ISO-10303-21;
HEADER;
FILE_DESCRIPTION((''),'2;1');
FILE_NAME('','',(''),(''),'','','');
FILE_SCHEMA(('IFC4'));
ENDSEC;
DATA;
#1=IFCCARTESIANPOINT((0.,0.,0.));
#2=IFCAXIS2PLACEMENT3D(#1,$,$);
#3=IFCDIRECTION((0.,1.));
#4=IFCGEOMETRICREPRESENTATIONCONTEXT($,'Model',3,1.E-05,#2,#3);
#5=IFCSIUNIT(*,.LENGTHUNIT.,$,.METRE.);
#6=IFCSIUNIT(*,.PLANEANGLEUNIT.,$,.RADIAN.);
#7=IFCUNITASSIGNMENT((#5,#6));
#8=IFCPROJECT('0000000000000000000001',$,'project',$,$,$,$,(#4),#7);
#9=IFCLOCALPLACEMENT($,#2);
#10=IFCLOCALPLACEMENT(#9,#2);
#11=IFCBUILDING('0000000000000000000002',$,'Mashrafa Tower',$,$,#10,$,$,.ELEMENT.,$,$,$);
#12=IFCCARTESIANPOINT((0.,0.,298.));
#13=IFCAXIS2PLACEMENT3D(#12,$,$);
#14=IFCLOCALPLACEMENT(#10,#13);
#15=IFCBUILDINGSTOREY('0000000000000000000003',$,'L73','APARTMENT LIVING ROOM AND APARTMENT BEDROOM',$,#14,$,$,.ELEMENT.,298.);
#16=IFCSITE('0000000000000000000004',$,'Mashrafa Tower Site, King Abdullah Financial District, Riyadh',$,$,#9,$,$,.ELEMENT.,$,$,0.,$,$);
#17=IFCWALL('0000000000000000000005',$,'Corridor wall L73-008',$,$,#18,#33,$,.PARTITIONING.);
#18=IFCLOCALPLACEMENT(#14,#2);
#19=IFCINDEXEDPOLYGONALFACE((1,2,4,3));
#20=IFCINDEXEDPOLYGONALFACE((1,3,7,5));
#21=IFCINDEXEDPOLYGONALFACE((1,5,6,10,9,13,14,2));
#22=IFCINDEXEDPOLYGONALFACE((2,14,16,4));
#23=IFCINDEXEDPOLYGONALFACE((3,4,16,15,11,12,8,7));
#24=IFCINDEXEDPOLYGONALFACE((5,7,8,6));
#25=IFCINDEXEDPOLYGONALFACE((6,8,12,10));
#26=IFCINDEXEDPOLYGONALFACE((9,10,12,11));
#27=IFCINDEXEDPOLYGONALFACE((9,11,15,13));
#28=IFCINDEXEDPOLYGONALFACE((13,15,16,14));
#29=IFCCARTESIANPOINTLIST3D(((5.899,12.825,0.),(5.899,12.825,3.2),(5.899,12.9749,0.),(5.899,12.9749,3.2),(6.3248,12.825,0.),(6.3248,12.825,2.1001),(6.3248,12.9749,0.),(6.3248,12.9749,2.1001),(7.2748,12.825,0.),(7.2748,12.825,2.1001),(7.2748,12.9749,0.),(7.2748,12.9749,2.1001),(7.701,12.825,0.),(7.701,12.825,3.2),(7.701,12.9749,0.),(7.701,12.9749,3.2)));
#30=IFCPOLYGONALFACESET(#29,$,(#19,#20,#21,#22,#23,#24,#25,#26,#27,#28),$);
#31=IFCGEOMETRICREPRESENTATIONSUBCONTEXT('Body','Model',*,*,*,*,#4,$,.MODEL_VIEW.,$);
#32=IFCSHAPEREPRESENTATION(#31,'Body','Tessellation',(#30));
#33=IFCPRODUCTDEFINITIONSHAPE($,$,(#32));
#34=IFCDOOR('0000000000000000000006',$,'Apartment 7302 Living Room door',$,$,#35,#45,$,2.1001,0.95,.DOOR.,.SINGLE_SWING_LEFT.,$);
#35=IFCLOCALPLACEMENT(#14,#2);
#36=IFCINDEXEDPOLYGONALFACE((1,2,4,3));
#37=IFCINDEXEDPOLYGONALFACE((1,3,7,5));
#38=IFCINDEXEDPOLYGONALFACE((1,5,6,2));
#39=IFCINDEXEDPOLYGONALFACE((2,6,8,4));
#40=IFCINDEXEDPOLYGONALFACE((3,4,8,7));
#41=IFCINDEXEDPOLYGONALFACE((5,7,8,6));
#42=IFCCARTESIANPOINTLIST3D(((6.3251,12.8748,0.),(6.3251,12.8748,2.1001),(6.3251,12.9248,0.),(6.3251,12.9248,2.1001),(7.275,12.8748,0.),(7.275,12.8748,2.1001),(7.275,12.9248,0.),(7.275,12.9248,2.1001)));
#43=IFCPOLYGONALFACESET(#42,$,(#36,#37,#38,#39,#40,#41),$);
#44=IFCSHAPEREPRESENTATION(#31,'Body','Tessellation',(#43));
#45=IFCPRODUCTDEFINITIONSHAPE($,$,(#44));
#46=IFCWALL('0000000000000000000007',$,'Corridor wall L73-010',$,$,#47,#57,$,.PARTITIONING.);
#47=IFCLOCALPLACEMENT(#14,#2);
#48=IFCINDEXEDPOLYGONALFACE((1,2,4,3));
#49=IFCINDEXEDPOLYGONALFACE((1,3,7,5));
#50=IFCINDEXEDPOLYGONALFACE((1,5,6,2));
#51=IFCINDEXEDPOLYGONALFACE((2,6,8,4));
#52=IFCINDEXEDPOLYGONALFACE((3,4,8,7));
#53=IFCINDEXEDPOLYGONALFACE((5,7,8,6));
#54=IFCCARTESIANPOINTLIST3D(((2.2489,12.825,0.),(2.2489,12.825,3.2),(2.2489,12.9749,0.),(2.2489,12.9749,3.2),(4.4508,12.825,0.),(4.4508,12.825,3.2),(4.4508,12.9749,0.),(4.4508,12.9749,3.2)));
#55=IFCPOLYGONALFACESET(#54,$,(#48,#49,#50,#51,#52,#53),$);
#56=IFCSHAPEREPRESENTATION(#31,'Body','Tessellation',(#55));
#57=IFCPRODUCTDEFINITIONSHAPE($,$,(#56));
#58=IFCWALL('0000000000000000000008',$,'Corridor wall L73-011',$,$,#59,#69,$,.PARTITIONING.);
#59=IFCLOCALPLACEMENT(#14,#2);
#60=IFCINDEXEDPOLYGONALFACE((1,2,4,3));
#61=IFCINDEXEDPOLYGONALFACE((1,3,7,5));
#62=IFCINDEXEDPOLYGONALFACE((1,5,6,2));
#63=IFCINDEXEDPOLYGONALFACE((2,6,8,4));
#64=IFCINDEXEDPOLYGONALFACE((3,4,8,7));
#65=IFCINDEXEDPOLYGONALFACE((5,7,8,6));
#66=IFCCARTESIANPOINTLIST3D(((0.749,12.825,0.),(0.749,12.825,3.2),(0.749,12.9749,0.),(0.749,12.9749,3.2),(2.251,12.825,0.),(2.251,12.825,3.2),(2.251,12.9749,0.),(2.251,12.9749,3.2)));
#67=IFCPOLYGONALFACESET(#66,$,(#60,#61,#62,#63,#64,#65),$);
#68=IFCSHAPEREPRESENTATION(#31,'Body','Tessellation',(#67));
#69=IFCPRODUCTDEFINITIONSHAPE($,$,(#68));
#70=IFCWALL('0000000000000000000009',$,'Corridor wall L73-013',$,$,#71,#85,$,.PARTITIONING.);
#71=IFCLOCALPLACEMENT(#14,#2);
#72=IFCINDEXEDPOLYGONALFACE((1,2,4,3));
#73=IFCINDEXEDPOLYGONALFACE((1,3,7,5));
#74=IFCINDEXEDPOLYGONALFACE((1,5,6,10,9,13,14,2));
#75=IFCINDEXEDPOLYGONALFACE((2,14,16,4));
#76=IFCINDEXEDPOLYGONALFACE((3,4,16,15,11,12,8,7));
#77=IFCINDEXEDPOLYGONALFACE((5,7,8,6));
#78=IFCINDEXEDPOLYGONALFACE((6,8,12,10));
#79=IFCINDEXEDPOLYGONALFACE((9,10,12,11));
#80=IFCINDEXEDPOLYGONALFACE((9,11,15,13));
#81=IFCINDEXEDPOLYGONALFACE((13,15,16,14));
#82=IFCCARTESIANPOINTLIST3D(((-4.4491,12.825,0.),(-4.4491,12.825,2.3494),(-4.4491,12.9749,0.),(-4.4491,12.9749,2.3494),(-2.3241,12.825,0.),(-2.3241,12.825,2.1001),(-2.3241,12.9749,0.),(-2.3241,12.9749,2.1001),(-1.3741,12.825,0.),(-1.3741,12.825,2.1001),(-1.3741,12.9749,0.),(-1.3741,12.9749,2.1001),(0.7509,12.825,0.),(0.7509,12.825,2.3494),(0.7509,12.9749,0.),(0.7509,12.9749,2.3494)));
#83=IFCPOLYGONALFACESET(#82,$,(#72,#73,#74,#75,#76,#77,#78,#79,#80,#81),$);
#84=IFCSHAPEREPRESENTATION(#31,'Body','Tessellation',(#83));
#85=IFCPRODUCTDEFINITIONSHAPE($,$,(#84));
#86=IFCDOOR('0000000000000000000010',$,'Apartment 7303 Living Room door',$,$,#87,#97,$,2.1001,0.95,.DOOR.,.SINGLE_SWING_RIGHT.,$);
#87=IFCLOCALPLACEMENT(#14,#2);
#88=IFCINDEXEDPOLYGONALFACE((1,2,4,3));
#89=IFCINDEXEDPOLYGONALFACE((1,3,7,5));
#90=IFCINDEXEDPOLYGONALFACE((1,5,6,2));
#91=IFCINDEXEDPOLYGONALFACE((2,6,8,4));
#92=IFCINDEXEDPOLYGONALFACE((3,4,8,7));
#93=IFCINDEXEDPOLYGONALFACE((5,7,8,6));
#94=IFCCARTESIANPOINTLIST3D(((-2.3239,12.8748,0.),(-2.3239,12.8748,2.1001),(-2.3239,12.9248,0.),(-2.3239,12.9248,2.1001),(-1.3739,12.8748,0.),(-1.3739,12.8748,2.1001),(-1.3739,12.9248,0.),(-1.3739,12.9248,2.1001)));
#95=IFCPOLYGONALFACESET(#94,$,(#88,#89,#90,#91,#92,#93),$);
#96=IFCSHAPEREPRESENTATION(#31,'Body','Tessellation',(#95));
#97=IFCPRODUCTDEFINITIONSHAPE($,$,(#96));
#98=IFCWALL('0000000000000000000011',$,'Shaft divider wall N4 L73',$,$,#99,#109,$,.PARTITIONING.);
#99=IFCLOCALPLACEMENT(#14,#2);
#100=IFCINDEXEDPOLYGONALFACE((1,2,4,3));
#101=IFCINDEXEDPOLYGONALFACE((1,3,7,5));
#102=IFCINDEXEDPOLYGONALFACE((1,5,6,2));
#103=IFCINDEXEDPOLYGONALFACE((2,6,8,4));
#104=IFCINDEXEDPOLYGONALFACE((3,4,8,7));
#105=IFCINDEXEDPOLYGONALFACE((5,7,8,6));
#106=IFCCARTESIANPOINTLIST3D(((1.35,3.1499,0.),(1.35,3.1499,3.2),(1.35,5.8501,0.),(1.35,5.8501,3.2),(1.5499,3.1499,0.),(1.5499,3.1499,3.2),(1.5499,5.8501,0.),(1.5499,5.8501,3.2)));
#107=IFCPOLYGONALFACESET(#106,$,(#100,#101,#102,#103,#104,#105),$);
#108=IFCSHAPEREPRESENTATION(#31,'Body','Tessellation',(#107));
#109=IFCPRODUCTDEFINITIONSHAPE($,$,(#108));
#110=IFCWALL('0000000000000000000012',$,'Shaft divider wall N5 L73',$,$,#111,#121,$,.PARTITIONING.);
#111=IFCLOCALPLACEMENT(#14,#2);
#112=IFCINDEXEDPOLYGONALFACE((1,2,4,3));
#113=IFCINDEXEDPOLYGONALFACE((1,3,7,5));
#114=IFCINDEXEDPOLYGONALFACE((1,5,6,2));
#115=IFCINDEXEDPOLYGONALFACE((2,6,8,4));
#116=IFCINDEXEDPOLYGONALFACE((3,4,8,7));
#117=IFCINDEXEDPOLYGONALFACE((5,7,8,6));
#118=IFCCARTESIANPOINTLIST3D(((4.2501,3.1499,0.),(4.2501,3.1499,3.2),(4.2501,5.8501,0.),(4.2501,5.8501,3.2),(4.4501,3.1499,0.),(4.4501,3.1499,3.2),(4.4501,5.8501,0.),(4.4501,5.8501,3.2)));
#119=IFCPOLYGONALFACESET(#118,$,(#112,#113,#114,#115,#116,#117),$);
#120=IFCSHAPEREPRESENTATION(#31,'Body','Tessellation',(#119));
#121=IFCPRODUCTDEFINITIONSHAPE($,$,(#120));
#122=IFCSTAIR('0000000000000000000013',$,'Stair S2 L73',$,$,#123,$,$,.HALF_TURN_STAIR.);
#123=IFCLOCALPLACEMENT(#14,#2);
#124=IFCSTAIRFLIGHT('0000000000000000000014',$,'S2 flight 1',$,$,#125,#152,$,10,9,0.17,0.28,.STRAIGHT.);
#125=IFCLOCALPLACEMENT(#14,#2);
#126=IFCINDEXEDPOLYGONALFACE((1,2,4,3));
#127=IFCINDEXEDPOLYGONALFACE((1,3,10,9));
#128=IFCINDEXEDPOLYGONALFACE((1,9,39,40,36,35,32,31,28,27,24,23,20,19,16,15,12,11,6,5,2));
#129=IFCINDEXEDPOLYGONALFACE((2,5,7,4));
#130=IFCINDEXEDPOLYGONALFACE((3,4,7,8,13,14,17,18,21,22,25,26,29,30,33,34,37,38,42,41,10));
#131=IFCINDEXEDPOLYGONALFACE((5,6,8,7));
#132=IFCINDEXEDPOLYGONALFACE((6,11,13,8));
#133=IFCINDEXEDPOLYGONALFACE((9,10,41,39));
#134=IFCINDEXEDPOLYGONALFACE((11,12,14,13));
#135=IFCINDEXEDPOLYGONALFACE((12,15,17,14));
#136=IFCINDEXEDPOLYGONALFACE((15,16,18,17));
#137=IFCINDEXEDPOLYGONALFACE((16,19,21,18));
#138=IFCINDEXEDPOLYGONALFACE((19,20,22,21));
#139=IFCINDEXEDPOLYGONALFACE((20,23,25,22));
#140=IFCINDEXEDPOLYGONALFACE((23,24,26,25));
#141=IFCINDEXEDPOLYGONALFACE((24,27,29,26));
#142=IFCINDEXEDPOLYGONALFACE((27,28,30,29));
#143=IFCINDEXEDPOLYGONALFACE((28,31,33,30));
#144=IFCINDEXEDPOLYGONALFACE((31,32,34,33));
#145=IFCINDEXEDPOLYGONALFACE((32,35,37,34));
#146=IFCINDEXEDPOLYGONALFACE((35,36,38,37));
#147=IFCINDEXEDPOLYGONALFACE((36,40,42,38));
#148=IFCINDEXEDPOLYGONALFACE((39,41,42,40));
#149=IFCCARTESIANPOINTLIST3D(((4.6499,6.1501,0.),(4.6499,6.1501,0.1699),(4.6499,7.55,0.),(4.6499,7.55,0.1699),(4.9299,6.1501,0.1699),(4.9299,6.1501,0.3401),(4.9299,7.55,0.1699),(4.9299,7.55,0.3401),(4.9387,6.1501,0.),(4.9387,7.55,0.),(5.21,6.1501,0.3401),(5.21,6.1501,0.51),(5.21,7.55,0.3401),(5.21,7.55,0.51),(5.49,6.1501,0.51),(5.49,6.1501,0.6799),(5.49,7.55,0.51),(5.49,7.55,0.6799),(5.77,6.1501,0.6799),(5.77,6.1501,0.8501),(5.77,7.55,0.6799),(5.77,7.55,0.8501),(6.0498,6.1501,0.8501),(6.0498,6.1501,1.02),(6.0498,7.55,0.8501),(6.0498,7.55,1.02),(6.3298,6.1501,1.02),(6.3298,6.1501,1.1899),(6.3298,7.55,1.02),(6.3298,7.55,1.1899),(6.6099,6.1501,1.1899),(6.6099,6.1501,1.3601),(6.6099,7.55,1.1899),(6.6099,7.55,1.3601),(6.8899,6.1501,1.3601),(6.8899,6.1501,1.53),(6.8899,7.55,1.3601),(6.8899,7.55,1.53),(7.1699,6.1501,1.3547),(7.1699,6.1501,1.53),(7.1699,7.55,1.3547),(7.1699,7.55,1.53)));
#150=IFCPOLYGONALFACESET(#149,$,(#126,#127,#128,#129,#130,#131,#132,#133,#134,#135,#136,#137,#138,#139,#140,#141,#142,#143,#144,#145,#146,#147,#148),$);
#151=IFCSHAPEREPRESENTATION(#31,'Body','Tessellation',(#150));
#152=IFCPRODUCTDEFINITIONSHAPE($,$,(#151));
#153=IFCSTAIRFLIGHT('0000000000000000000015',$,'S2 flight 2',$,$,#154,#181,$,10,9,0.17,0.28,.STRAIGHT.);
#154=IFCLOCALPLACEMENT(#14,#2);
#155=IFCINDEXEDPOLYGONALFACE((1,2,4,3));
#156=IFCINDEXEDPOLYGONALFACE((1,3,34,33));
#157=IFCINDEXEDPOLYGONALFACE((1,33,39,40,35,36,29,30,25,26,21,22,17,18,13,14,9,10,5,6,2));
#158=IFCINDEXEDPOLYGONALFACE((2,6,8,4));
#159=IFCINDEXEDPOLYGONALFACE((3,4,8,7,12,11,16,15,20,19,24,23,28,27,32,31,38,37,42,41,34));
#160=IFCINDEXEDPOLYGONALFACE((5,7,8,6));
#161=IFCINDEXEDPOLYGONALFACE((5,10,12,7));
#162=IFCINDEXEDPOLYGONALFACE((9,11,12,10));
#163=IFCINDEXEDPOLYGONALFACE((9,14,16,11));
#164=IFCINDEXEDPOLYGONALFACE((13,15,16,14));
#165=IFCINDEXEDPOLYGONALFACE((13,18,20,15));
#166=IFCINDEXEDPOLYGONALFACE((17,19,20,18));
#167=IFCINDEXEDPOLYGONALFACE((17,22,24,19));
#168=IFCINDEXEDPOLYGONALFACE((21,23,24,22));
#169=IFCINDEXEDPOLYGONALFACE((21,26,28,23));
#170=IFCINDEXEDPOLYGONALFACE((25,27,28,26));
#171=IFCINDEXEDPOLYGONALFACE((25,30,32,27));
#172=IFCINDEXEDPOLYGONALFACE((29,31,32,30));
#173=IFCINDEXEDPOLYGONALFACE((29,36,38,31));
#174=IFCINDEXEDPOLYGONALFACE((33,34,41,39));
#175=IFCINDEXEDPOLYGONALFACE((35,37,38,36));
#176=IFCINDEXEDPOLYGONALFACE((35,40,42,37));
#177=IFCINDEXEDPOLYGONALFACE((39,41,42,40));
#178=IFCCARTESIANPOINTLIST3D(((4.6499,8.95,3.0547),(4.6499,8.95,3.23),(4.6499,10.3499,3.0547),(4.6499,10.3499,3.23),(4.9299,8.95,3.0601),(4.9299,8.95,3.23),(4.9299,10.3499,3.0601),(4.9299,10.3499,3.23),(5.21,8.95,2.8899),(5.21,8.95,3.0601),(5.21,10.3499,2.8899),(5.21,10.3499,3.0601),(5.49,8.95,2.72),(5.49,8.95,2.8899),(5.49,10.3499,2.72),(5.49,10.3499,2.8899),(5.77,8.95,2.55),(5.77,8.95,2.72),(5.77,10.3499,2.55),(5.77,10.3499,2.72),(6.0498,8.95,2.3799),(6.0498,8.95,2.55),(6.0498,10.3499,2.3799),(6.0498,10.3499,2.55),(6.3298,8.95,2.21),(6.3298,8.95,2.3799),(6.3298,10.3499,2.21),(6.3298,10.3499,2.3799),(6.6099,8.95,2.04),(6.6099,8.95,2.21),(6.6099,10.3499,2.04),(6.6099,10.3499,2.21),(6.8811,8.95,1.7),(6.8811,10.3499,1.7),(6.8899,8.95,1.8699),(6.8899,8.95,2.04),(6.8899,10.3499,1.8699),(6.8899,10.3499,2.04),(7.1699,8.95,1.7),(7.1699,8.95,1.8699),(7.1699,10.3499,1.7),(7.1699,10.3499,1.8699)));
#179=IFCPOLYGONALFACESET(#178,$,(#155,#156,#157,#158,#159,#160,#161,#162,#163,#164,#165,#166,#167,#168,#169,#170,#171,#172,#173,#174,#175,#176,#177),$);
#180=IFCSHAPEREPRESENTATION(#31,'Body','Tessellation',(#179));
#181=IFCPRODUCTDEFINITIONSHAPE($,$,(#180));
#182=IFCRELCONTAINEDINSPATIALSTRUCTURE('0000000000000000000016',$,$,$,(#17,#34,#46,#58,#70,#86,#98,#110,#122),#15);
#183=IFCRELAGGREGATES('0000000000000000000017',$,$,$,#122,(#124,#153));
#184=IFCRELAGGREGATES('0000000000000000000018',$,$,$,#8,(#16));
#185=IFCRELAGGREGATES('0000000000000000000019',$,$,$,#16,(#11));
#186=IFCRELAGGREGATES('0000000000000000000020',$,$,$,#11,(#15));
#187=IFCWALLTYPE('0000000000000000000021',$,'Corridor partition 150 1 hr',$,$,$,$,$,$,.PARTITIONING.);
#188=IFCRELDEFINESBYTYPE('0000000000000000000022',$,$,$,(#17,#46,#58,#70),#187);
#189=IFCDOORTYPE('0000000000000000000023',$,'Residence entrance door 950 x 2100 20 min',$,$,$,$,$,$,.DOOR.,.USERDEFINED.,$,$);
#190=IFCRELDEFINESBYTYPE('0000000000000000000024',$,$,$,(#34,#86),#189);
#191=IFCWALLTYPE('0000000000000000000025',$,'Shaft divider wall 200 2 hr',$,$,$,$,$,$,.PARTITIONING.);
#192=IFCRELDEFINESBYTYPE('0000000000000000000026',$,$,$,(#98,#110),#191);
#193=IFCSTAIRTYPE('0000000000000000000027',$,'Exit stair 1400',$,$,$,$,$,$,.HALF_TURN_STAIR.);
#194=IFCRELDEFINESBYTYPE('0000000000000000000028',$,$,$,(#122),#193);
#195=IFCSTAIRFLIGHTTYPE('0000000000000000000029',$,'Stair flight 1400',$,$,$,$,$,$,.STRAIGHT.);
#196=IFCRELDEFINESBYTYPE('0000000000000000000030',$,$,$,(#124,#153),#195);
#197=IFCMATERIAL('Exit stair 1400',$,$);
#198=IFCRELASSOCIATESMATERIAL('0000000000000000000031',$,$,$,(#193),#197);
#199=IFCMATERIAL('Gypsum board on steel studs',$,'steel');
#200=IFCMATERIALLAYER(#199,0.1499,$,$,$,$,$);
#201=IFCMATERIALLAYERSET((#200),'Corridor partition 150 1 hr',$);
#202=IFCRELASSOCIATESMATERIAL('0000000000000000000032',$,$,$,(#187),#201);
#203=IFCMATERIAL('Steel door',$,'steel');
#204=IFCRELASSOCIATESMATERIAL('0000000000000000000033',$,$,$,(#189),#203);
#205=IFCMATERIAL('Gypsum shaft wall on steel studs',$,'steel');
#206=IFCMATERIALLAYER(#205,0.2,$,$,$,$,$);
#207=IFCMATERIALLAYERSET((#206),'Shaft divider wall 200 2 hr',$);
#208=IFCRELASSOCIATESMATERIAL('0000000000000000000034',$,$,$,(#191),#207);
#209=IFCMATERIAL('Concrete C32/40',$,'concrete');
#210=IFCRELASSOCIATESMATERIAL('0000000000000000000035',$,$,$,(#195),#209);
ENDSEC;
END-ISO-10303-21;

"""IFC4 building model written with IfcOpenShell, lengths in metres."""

from ifc_helpers import new_model, si_unit, direction, frame, frame_2d, origin, place, context, subcontext, project, spatial, polyline, rectangle, outline, extrude, material, layer, layer_set, type_object, element, fill, aggregate, save


model = new_model("IFC4")

# Units and contexts
model_context = context("Model", 3, precision=1e-05, world=origin(), true_north=direction((0.0, 1.0)))
body_context = subcontext(model_context, "Body", "Model", "MODEL_VIEW")
ifc_project = project(units=[si_unit("LENGTHUNIT", "METRE"), si_unit("PLANEANGLEUNIT", "RADIAN")], contexts=[model_context])

# Site, building, storey
site_placement = place(None, origin())
site = spatial("IfcSite", under=ifc_project, at=site_placement, Name="Mashrafa Tower Site, King Abdullah Financial District, Riyadh", CompositionType="ELEMENT", RefElevation=0.0)
building_placement = place(site_placement, origin())
building = spatial("IfcBuilding", under=site, at=building_placement, Name="Mashrafa Tower", CompositionType="ELEMENT")
storey_placement = place(building_placement, frame((0.0, 0.0, 298.0)))
storey = spatial("IfcBuildingStorey", under=building, at=storey_placement, Name="L73", Description="APARTMENT LIVING ROOM AND APARTMENT BEDROOM", CompositionType="ELEMENT", Elevation=298.0)

# Shared definitions
ifc_material_1 = material(Name="Exit stair 1400")
stair_type = type_object("IfcStairType", Name="Exit stair 1400", PredefinedType="HALF_TURN_STAIR", material=ifc_material_1)

# Shared definitions
ifc_material_2 = material(Name="Gypsum board on steel studs", Category="steel")
ifc_layer_1 = layer(ifc_material_2, 0.1499)
ifc_layer_set_1 = layer_set([ifc_layer_1], Name="Corridor partition 150 1 hr")
wall_type_1 = type_object("IfcWallType", Name="Corridor partition 150 1 hr", PredefinedType="PARTITIONING", material=ifc_layer_set_1)

# Wall, opening, door
wall_1_placement = place(storey_placement, frame((7.7009, 12.8999, 0.0), z_axis=(0.0, 0.0, 1.0), x_axis=(-1.0, 0.0, 0.0)))
wall_1 = element("IfcWall", 1, at=wall_1_placement, inside=storey, type_object=wall_type_1, Name="Corridor wall L73-008", PredefinedType="PARTITIONING", context=body_context, shape_type="SweptSolid", body=[
    extrude(rectangle(XDim=1.802, YDim=0.1499, at=frame_2d((0.9009, 0.0))), origin(), (0.0, 0.0, 1.0), 3.2),
])
opening_1_placement = place(wall_1_placement, frame((0.426, 0.0, 0.0)))
opening_1 = element("IfcOpeningElement", 2, at=opening_1_placement, cuts=wall_1, PredefinedType="OPENING", context=body_context, shape_type="SweptSolid", body=[
    extrude(rectangle(XDim=0.95, YDim=2.1001, at=frame_2d((0.4751, 1.05))), frame((0.0, 0.085, 0.0), z_axis=(0.0, -1.0, 0.0), x_axis=(1.0, 0.0, 0.0)), (0.0, 0.0, 1.0), 0.1699),
])
ifc_material_3 = material(Name="Steel door", Category="steel")
door_type_1 = type_object("IfcDoorType", Name="Residence entrance door 950 x 2100 20 min", OperationType="USERDEFINED", PredefinedType="DOOR", material=ifc_material_3)
door_1_placement = place(opening_1_placement, frame((0.95, 0.0, 0.0), z_axis=(0.0, 0.0, 1.0), x_axis=(-1.0, 0.0, 0.0)))
door_1 = element("IfcDoor", 3, at=door_1_placement, inside=storey, type_object=door_type_1, Name="Apartment 7302 Living Room door", OperationType="SINGLE_SWING_LEFT", OverallHeight=2.1001, OverallWidth=0.95, PredefinedType="DOOR", context=body_context, shape_type="SweptSolid", body=[
    extrude(rectangle(XDim=0.95, YDim=2.1001, at=frame_2d((0.4751, 1.05))), frame((0.0, 0.0249, 0.0), z_axis=(0.0, -1.0, 0.0), x_axis=(1.0, 0.0, 0.0)), (0.0, 0.0, 1.0), 0.05),
])
fill(opening_1, door_1)

# Walls
wall_2_placement = place(storey_placement, frame((4.4509, 12.8999, 0.0), z_axis=(0.0, 0.0, 1.0), x_axis=(-1.0, 0.0, 0.0)))
element("IfcWall", 4, at=wall_2_placement, inside=storey, type_object=wall_type_1, Name="Corridor wall L73-010", PredefinedType="PARTITIONING", context=body_context, shape_type="SweptSolid", body=[
    extrude(rectangle(XDim=2.2019, YDim=0.1499, at=frame_2d((1.1011, 0.0))), origin(), (0.0, 0.0, 1.0), 3.2),
])
wall_3_placement = place(storey_placement, frame((2.251, 12.8999, 0.0), z_axis=(0.0, 0.0, 1.0), x_axis=(-1.0, 0.0, 0.0)))
element("IfcWall", 5, at=wall_3_placement, inside=storey, type_object=wall_type_1, Name="Corridor wall L73-011", PredefinedType="PARTITIONING", context=body_context, shape_type="SweptSolid", body=[
    extrude(rectangle(XDim=1.502, YDim=0.1499, at=frame_2d((0.751, 0.0))), origin(), (0.0, 0.0, 1.0), 3.2),
])

# Wall, opening, door
wall_4_placement = place(storey_placement, frame((0.751, 12.8999, 0.0), z_axis=(0.0, 0.0, 1.0), x_axis=(-1.0, 0.0, 0.0)))
wall_4 = element("IfcWall", 6, at=wall_4_placement, inside=storey, type_object=wall_type_1, Name="Corridor wall L73-013", PredefinedType="PARTITIONING", context=body_context, shape_type="SweptSolid", body=[
    extrude(rectangle(XDim=5.2, YDim=0.1499, at=frame_2d((2.6001, 0.0))), origin(), (0.0, 0.0, 1.0), 2.3494),
])
opening_2_placement = place(wall_4_placement, frame((2.125, 0.0, 0.0)))
opening_2 = element("IfcOpeningElement", 7, at=opening_2_placement, cuts=wall_4, PredefinedType="OPENING", context=body_context, shape_type="SweptSolid", body=[
    extrude(rectangle(XDim=0.95, YDim=2.1001, at=frame_2d((0.4751, 1.05))), frame((0.0, 0.085, 0.0), z_axis=(0.0, -1.0, 0.0), x_axis=(1.0, 0.0, 0.0)), (0.0, 0.0, 1.0), 0.1699),
])
door_2_placement = place(opening_2_placement, frame((0.95, 0.0, 0.0), z_axis=(0.0, 0.0, 1.0), x_axis=(-1.0, 0.0, 0.0)))
door_2 = element("IfcDoor", 8, at=door_2_placement, inside=storey, type_object=door_type_1, Name="Apartment 7303 Living Room door", OperationType="SINGLE_SWING_RIGHT", OverallHeight=2.1001, OverallWidth=0.95, PredefinedType="DOOR", context=body_context, shape_type="SweptSolid", body=[
    extrude(rectangle(XDim=0.95, YDim=2.1001, at=frame_2d((0.4751, 1.05))), frame((0.0, 0.0249, 0.0), z_axis=(0.0, -1.0, 0.0), x_axis=(1.0, 0.0, 0.0)), (0.0, 0.0, 1.0), 0.05),
])
fill(opening_2, door_2)

# Walls
ifc_material_4 = material(Name="Gypsum shaft wall on steel studs", Category="steel")
ifc_layer_2 = layer(ifc_material_4, 0.2)
ifc_layer_set_2 = layer_set([ifc_layer_2], Name="Shaft divider wall 200 2 hr")
wall_type_2 = type_object("IfcWallType", Name="Shaft divider wall 200 2 hr", PredefinedType="PARTITIONING", material=ifc_layer_set_2)
for number, where, z_axis, x_axis, name in (
    (9, (1.45, 3.1499, 0.0), (0.0, 0.0, 1.0), (0.0, 1.0, 0.0), "Shaft divider wall N4 L73"),
    (10, (4.3501, 3.1499, 0.0), (0.0, 0.0, 1.0), (0.0, 1.0, 0.0), "Shaft divider wall N5 L73"),
):
    element("IfcWall", number, at=place(storey_placement, frame(where, z_axis=z_axis, x_axis=x_axis)), inside=storey, type_object=wall_type_2, Name=name, PredefinedType="PARTITIONING", context=body_context, shape_type="SweptSolid", body=[
        extrude(rectangle(XDim=2.7002, YDim=0.2, at=frame_2d((1.3501, 0.0))), origin(), (0.0, 0.0, 1.0), 3.2),
    ])

# Stair, stair flights
stair_1_placement = place(storey_placement, origin())
stair_1 = element("IfcStair", 11, at=stair_1_placement, inside=storey, type_object=stair_type, Name="Stair S2 L73", PredefinedType="HALF_TURN_STAIR")
ifc_material_5 = material(Name="Concrete C32/40", Category="concrete")
stair_flight_type = type_object("IfcStairFlightType", Name="Stair flight 1400", PredefinedType="STRAIGHT", material=ifc_material_5)
stair_flight_1_placement = place(storey_placement, frame((4.6499, 6.8501, 0.0), z_axis=(0.0, 0.0, 1.0), x_axis=(1.0, 0.0, 0.0)))
stair_flight_1 = element("IfcStairFlight", 12, at=stair_flight_1_placement, type_object=stair_flight_type, Name="S2 flight 1", NumberOfRisers=10, NumberOfTreads=9, PredefinedType="STRAIGHT", RiserHeight=0.17, TreadLength=0.28, context=body_context, shape_type="SweptSolid", body=[
    extrude(outline(polyline([(0.0, 0.0), (0.0, 0.1699), (0.28, 0.1699), (0.28, 0.3401), (0.5601, 0.3401), (0.5601, 0.51), (0.8401, 0.51), (0.8401, 0.6799), (1.1201, 0.6799), (1.1201, 0.8501), (1.3999, 0.8501), (1.3999, 1.02), (1.6799, 1.02), (1.6799, 1.1899), (1.96, 1.1899), (1.96, 1.3601), (2.24, 1.3601), (2.24, 1.53), (2.52, 1.53), (2.52, 1.7), (2.52, 1.3547), (0.2888, 0.0), (0.0, 0.0)])), frame((0.0, 0.7, 0.0), z_axis=(0.0, -1.0, 0.0), x_axis=(1.0, 0.0, 0.0)), (0.0, 0.0, 1.0), 1.3999),
])
stair_flight_2_placement = place(storey_placement, frame((7.1699, 9.6499, 1.7), z_axis=(0.0, 0.0, 1.0), x_axis=(-1.0, 0.0, 0.0)))
stair_flight_2 = element("IfcStairFlight", 13, at=stair_flight_2_placement, type_object=stair_flight_type, Name="S2 flight 2", NumberOfRisers=10, NumberOfTreads=9, PredefinedType="STRAIGHT", RiserHeight=0.17, TreadLength=0.28, context=body_context, shape_type="SweptSolid", body=[
    extrude(outline(polyline([(0.0, 0.0), (0.0, 0.1699), (0.28, 0.1699), (0.28, 0.3401), (0.5601, 0.3401), (0.5601, 0.51), (0.8401, 0.51), (0.8401, 0.6799), (1.1201, 0.6799), (1.1201, 0.8501), (1.3999, 0.8501), (1.3999, 1.02), (1.6799, 1.02), (1.6799, 1.1899), (1.96, 1.1899), (1.96, 1.3601), (2.24, 1.3601), (2.24, 1.53), (2.52, 1.53), (2.52, 1.7), (2.52, 1.3547), (0.2888, 0.0), (0.0, 0.0)])), frame((0.0, 0.7, 0.0), z_axis=(0.0, -1.0, 0.0), x_axis=(1.0, 0.0, 0.0)), (0.0, 0.0, 1.0), 1.3999),
])
aggregate(stair_1, [stair_flight_1, stair_flight_2])

save(model, "model.ifc")
